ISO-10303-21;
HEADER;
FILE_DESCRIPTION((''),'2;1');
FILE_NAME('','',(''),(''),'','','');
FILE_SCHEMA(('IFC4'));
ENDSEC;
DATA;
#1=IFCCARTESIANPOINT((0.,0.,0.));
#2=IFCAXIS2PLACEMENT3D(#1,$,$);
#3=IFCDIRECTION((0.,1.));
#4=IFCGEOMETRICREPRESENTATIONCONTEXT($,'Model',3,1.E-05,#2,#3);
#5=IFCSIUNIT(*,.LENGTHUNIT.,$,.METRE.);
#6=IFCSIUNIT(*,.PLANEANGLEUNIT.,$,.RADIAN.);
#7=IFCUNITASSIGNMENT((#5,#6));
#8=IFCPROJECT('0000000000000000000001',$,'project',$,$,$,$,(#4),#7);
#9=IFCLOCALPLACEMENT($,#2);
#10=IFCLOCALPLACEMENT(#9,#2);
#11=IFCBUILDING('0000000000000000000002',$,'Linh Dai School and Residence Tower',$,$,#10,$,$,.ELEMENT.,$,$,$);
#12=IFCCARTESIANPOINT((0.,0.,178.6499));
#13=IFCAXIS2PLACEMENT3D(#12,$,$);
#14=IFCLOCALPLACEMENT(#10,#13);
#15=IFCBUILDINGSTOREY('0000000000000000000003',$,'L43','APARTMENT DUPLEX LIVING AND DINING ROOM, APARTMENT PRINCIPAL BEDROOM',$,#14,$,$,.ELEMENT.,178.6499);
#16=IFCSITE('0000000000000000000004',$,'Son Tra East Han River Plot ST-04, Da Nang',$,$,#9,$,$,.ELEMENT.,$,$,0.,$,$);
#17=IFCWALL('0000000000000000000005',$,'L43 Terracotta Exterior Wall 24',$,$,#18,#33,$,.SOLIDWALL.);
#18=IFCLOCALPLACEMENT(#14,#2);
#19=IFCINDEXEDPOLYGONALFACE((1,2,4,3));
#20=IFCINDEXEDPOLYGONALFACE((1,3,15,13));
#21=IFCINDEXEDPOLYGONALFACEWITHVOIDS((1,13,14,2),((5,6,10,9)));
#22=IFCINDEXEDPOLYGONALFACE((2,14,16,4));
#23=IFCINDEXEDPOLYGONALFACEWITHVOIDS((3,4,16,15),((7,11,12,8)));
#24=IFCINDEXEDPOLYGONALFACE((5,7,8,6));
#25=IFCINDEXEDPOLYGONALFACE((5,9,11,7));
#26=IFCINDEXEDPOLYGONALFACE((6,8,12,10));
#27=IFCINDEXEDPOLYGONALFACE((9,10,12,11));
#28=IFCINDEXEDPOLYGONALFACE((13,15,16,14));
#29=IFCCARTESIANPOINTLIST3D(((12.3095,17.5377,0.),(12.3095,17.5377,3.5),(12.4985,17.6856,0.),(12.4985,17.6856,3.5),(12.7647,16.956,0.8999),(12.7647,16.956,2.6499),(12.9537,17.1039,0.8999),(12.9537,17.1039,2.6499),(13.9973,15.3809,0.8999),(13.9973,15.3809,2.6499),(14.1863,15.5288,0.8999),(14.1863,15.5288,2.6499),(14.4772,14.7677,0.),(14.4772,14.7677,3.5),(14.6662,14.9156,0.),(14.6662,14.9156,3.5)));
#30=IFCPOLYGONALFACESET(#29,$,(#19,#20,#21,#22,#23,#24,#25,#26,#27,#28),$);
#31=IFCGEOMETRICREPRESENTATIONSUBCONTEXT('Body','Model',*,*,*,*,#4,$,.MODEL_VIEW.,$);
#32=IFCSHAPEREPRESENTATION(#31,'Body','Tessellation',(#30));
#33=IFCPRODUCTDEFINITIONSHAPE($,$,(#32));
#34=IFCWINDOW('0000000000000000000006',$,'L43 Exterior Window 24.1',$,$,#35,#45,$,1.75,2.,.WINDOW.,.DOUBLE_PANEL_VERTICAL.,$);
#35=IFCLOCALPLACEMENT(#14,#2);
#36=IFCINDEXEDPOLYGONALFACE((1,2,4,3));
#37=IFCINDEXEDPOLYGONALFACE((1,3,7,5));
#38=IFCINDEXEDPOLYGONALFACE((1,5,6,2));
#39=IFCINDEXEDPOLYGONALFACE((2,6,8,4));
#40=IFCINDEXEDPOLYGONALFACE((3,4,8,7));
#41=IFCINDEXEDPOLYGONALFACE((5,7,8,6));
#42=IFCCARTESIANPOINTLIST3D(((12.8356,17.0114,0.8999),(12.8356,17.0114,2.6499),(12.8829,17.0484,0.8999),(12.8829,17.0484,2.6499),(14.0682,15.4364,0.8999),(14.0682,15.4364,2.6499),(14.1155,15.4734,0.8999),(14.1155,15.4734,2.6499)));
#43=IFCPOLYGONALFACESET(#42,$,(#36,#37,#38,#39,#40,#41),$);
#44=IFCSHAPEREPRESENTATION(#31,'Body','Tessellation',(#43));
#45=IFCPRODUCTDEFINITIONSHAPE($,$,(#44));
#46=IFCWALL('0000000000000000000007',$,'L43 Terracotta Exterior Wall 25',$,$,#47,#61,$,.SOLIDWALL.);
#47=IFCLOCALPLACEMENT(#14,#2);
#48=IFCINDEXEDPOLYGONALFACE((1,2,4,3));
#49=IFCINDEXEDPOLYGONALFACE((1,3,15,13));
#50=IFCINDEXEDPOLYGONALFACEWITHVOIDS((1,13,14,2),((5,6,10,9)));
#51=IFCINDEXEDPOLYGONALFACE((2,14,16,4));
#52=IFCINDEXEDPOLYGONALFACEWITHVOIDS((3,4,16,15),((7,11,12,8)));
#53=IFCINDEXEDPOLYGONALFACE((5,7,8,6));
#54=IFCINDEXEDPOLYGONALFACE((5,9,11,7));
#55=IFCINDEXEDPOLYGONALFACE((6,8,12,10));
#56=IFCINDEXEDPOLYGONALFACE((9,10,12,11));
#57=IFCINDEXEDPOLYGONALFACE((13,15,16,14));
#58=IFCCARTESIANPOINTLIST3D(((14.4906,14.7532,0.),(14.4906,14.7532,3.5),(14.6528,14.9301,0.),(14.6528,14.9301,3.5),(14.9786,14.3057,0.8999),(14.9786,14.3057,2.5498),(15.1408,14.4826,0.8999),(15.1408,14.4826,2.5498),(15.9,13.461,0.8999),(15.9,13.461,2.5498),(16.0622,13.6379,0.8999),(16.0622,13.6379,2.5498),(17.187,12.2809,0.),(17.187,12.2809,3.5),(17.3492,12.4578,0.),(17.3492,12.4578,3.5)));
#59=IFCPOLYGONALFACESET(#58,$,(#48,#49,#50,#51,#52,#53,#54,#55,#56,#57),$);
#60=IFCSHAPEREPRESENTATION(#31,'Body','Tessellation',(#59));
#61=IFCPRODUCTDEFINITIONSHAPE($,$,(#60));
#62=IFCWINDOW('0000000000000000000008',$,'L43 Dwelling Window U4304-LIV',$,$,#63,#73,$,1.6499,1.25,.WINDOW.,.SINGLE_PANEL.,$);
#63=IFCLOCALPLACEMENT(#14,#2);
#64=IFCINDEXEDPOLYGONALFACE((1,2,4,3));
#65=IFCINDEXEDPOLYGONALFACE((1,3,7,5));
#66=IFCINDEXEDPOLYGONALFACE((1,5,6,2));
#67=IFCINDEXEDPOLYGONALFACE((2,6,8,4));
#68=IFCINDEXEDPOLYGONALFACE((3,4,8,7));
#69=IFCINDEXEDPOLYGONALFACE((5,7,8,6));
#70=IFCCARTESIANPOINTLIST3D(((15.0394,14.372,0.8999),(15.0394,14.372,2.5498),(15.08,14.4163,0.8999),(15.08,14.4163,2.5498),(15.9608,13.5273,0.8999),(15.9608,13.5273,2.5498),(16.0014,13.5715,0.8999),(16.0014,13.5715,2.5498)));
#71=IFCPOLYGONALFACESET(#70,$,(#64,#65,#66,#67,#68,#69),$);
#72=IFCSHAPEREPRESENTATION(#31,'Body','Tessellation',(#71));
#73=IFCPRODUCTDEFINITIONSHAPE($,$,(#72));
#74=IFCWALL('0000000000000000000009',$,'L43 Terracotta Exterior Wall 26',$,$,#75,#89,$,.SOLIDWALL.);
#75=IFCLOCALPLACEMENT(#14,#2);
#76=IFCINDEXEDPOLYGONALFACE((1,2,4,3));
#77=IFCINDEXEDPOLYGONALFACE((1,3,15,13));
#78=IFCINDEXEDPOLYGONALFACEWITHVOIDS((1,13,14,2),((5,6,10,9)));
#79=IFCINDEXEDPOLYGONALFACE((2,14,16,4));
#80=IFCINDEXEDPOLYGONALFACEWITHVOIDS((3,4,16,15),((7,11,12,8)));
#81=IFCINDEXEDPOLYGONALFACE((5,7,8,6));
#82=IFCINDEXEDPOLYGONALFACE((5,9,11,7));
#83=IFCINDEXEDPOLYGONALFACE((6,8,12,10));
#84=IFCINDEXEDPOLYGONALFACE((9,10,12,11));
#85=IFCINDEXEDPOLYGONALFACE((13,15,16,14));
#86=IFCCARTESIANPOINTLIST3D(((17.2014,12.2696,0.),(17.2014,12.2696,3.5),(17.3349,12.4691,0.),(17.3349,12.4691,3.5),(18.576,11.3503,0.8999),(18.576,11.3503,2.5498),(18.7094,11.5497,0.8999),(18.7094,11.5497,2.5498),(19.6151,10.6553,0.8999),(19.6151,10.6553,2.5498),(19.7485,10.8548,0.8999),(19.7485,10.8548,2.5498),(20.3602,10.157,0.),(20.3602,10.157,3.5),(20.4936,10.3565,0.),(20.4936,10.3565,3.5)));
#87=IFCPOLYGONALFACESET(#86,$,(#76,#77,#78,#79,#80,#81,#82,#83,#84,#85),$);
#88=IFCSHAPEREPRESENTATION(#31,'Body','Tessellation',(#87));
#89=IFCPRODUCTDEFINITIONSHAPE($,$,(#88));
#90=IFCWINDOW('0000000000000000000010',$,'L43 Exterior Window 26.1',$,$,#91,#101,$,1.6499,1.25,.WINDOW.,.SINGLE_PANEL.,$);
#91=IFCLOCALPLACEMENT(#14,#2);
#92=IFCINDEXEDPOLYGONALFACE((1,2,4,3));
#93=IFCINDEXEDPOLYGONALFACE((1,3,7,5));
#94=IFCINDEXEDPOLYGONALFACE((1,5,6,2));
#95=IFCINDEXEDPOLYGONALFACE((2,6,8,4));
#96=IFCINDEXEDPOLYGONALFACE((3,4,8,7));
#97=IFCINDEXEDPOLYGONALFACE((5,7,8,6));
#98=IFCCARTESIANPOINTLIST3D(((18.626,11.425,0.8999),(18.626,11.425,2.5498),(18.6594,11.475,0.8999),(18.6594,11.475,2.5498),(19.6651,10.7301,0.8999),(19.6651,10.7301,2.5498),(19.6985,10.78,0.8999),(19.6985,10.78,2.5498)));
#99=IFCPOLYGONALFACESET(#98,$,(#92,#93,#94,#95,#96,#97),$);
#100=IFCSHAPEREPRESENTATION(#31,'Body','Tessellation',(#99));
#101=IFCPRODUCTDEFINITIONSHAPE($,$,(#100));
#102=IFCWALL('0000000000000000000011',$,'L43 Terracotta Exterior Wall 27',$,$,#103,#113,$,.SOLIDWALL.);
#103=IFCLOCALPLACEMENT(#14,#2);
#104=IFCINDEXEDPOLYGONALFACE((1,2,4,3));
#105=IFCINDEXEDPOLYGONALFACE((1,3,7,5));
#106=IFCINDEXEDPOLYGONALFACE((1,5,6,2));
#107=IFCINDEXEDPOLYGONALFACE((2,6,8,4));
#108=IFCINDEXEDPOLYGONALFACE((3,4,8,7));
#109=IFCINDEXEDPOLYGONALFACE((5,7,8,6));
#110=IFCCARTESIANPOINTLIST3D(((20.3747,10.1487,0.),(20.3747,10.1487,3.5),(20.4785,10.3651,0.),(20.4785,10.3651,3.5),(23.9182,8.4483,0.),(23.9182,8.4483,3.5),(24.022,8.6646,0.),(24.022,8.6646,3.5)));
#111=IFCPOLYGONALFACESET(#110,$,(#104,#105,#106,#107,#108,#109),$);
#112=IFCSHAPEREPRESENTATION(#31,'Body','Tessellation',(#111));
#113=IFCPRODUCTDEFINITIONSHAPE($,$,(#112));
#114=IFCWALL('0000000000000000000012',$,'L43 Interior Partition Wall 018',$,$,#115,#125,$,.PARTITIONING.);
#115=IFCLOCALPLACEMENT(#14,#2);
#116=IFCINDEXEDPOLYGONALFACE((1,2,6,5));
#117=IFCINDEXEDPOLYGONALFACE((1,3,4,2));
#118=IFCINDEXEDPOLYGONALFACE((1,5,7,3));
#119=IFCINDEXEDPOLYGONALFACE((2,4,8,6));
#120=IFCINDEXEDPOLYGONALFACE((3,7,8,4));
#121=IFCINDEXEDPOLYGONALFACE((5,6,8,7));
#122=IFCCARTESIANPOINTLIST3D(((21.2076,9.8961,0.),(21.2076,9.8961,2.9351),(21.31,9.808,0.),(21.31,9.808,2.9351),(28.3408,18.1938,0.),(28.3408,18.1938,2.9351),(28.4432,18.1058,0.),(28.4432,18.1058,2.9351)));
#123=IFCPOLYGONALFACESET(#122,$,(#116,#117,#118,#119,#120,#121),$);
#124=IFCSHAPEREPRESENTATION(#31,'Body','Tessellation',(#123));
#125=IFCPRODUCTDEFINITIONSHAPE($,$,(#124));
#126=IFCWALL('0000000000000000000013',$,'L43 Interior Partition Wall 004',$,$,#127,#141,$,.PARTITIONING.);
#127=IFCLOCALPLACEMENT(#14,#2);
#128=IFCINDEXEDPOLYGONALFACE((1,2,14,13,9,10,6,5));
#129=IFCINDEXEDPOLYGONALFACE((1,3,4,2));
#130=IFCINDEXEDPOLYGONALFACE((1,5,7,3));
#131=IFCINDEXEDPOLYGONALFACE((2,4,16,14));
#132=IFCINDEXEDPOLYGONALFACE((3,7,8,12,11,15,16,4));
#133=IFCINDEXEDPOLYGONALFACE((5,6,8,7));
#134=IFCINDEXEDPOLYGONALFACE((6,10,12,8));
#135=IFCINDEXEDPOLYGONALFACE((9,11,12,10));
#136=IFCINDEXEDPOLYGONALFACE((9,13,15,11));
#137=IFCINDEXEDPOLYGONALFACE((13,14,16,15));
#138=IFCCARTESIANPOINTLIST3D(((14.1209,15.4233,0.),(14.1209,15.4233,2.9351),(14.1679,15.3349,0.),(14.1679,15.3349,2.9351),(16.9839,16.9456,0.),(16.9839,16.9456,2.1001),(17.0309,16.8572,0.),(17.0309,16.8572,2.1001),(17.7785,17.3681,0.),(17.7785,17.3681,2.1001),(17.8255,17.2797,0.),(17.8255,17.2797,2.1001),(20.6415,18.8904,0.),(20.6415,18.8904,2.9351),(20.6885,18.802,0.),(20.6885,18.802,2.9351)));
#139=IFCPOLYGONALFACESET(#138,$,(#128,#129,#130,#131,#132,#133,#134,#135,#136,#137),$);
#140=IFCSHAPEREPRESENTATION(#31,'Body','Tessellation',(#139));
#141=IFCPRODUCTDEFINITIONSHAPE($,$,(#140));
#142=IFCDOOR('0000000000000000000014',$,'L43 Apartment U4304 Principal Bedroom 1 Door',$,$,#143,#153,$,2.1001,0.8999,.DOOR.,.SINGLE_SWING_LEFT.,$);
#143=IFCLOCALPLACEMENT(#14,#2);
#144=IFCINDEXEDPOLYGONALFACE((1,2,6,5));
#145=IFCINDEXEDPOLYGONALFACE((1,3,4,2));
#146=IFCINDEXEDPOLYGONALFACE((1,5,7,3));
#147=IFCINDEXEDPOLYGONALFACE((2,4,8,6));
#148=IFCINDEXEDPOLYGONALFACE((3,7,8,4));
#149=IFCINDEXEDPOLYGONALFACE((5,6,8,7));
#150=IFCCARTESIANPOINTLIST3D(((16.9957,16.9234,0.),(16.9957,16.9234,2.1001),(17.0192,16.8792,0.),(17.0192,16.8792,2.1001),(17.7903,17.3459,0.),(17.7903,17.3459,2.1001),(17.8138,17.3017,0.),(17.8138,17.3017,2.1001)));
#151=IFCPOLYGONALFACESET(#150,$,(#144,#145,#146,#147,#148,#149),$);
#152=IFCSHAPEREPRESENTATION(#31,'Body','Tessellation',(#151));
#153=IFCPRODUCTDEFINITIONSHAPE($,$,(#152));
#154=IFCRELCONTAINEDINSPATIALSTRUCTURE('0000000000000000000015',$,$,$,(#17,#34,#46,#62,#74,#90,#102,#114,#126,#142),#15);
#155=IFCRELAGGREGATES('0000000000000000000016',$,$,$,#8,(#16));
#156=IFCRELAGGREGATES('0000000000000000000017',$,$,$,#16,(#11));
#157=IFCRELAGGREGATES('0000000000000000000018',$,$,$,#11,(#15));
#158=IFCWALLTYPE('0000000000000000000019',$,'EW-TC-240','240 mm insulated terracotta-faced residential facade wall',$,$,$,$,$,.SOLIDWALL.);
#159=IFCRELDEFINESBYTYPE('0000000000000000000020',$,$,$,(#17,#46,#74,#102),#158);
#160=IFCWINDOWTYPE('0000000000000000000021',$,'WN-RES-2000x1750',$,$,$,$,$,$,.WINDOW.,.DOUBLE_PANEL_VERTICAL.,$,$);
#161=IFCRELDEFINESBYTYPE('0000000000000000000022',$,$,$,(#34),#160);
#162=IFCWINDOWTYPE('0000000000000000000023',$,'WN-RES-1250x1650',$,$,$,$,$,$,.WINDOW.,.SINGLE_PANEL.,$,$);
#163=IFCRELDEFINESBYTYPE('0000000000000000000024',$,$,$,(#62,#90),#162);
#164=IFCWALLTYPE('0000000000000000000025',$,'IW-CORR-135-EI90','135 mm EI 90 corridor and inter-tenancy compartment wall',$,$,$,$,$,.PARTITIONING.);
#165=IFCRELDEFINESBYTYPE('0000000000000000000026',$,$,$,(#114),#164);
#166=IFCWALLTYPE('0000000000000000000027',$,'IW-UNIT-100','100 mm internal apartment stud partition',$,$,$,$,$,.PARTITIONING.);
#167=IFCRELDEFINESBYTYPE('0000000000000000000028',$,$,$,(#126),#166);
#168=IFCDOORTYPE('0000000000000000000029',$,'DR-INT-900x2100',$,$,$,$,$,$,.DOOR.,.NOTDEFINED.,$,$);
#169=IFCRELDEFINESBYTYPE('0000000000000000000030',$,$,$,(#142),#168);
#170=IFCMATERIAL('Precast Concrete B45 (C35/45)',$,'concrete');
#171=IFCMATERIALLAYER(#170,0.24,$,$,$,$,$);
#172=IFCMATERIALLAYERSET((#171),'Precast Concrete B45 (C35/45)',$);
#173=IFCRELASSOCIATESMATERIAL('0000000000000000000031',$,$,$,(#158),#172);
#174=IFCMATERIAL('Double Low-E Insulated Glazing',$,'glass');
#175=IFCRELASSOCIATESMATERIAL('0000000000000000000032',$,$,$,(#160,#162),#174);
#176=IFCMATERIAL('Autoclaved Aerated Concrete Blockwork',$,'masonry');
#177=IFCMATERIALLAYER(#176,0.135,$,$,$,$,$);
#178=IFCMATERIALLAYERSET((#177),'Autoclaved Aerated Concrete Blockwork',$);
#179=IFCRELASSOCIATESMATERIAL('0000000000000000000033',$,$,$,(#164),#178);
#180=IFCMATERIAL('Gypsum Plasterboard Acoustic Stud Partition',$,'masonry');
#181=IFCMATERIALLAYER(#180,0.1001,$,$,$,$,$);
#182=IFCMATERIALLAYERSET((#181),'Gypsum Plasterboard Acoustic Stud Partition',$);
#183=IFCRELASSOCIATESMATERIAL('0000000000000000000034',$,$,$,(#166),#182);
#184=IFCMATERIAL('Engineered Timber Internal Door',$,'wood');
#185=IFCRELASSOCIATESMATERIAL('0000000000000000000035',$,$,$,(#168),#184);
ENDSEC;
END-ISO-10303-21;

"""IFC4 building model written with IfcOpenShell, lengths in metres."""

from ifc_helpers import new_model, si_unit, direction, frame, frame_2d, origin, origin_2d, place, context, subcontext, project, spatial, rectangle, extrude, source, transform, mapped, material, layer, layer_set, type_object, element, fill, save


model = new_model("IFC4")

# Units and contexts
model_context = context("Model", 3, precision=1e-05, world=origin(), true_north=direction((0.0, 1.0)))
body_context = subcontext(model_context, "Body", "Model", "MODEL_VIEW")
ifc_project = project(units=[si_unit("LENGTHUNIT", "METRE"), si_unit("PLANEANGLEUNIT", "RADIAN")], contexts=[model_context])

# Site, building, storey
site_placement = place(None, origin())
site = spatial("IfcSite", under=ifc_project, at=site_placement, Name="Son Tra East Han River Plot ST-04, Da Nang", CompositionType="ELEMENT", RefElevation=0.0)
building_placement = place(site_placement, origin())
building = spatial("IfcBuilding", under=site, at=building_placement, Name="Linh Dai School and Residence Tower", CompositionType="ELEMENT")
storey_placement = place(building_placement, frame((0.0, 0.0, 178.6499)))
storey = spatial("IfcBuildingStorey", under=building, at=storey_placement, Name="L43", Description="APARTMENT DUPLEX LIVING AND DINING ROOM, APARTMENT PRINCIPAL BEDROOM", CompositionType="ELEMENT", Elevation=178.6499)

# Shared definitions
ifc_material_1 = material(Name="Precast Concrete B45 (C35/45)", Category="concrete")

# Walls, openings, windows
ifc_layer_1 = layer(ifc_material_1, 0.24)
ifc_layer_set_1 = layer_set([ifc_layer_1], Name="Precast Concrete B45 (C35/45)")
wall_type_1 = type_object("IfcWallType", Name="EW-TC-240", Description="240 mm insulated terracotta-faced residential facade wall", PredefinedType="SOLIDWALL", material=ifc_layer_set_1)
wall_1_placement = place(storey_placement, frame((14.5718, 14.8416, 0.0), z_axis=(0.0, 0.0, 1.0), x_axis=(-0.616288, 0.787521, 0.0)))
wall_1 = element("IfcWall", 1, at=wall_1_placement, inside=storey, type_object=wall_type_1, Name="L43 Terracotta Exterior Wall 24", PredefinedType="SOLIDWALL", context=body_context, shape_type="SweptSolid", body=[
    extrude(rectangle(XDim=3.5173, YDim=0.24, at=frame_2d((1.7588, 0.0))), origin(), (0.0, 0.0, 1.0), 3.5),
])
opening_1_placement = place(wall_1_placement, frame((0.7788, 0.0, 0.8999)))
opening_1 = element("IfcOpeningElement", 2, at=opening_1_placement, cuts=wall_1, PredefinedType="OPENING", context=body_context, shape_type="SweptSolid", body=[
    extrude(rectangle(XDim=2.0, YDim=1.75, at=origin_2d()), frame((1.0, 0.1299, 0.875), z_axis=(0.0, -1.0, 0.0), x_axis=(1.0, 0.0, 0.0)), (0.0, 0.0, 1.0), 0.26),
])
ifc_material_2 = material(Name="Double Low-E Insulated Glazing", Category="glass")
window_type_1 = type_object("IfcWindowType", Name="WN-RES-2000x1750", PartitioningType="DOUBLE_PANEL_VERTICAL", PredefinedType="WINDOW", material=ifc_material_2)
shared_shape_1 = source(origin(), body_context, "Body", "SweptSolid", [
    extrude(rectangle(XDim=2.0, YDim=1.75, at=origin_2d()), frame((1.0, 0.03, 0.875), z_axis=(0.0, -1.0, 0.0), x_axis=(1.0, 0.0, 0.0)), (0.0, 0.0, 1.0), 0.0601),
])
window_1_placement = place(opening_1_placement, origin())
window_1 = element("IfcWindow", 3, at=window_1_placement, inside=storey, type_object=window_type_1, Name="L43 Exterior Window 24.1", OverallHeight=1.75, OverallWidth=2.0, PartitioningType="DOUBLE_PANEL_VERTICAL", PredefinedType="WINDOW", context=body_context, shape_type="MappedRepresentation", body=[
    mapped(shared_shape_1, transform((0.0, 0.0, 0.0), x_axis=(1.0, 0.0, 0.0), y_axis=(0.0, 1.0, 0.0), z_axis=(0.0, 0.0, 1.0), scale=1.0)),
])
fill(opening_1, window_1)
wall_2_placement = place(storey_placement, frame((17.2681, 12.3694, 0.0), z_axis=(0.0, 0.0, 1.0), x_axis=(-0.737077, 0.675809, 0.0)))
wall_2 = element("IfcWall", 4, at=wall_2_placement, inside=storey, type_object=wall_type_1, Name="L43 Terracotta Exterior Wall 25", PredefinedType="SOLIDWALL", context=body_context, shape_type="SweptSolid", body=[
    extrude(rectangle(XDim=3.6582, YDim=0.24, at=frame_2d((1.8291, 0.0))), origin(), (0.0, 0.0, 1.0), 3.5),
])
opening_2_placement = place(wall_2_placement, frame((1.7461, 0.0, 0.8999)))
opening_2 = element("IfcOpeningElement", 5, at=opening_2_placement, cuts=wall_2, PredefinedType="OPENING", context=body_context, shape_type="SweptSolid", body=[
    extrude(rectangle(XDim=1.25, YDim=1.6499, at=origin_2d()), frame((0.625, 0.1299, 0.825), z_axis=(0.0, -1.0, 0.0), x_axis=(1.0, 0.0, 0.0)), (0.0, 0.0, 1.0), 0.26),
])
window_type_2 = type_object("IfcWindowType", Name="WN-RES-1250x1650", PartitioningType="SINGLE_PANEL", PredefinedType="WINDOW", material=ifc_material_2)
shared_shape_2 = source(origin(), body_context, "Body", "SweptSolid", [
    extrude(rectangle(XDim=1.25, YDim=1.6499, at=origin_2d()), frame((0.625, 0.03, 0.825), z_axis=(0.0, -1.0, 0.0), x_axis=(1.0, 0.0, 0.0)), (0.0, 0.0, 1.0), 0.0601),
])
window_2_placement = place(opening_2_placement, origin())
window_2 = element("IfcWindow", 6, at=window_2_placement, inside=storey, type_object=window_type_2, Name="L43 Dwelling Window U4304-LIV", OverallHeight=1.6499, OverallWidth=1.25, PartitioningType="SINGLE_PANEL", PredefinedType="WINDOW", context=body_context, shape_type="MappedRepresentation", body=[
    mapped(shared_shape_2, transform((0.0, 0.0, 0.0), x_axis=(1.0, 0.0, 0.0), y_axis=(0.0, 1.0, 0.0), z_axis=(0.0, 0.0, 1.0), scale=1.0)),
])
fill(opening_2, window_2)
wall_3_placement = place(storey_placement, frame((20.4268, 10.2568, 0.0), z_axis=(0.0, 0.0, 1.0), x_axis=(-0.831229, 0.55593, 0.0)))
wall_3 = element("IfcWall", 7, at=wall_3_placement, inside=storey, type_object=wall_type_1, Name="L43 Terracotta Exterior Wall 26", PredefinedType="SOLIDWALL", context=body_context, shape_type="SweptSolid", body=[
    extrude(rectangle(XDim=3.8, YDim=0.24, at=frame_2d((1.8999, 0.0))), origin(), (0.0, 0.0, 1.0), 3.5),
])
opening_3_placement = place(wall_3_placement, frame((0.8962, 0.0, 0.8999)))
opening_3 = element("IfcOpeningElement", 8, at=opening_3_placement, cuts=wall_3, PredefinedType="OPENING", context=body_context, shape_type="SweptSolid", body=[
    extrude(rectangle(XDim=1.25, YDim=1.6499, at=origin_2d()), frame((0.625, 0.1299, 0.825), z_axis=(0.0, -1.0, 0.0), x_axis=(1.0, 0.0, 0.0)), (0.0, 0.0, 1.0), 0.26),
])
window_3_placement = place(opening_3_placement, origin())
window_3 = element("IfcWindow", 9, at=window_3_placement, inside=storey, type_object=window_type_2, Name="L43 Exterior Window 26.1", OverallHeight=1.6499, OverallWidth=1.25, PartitioningType="SINGLE_PANEL", PredefinedType="WINDOW", context=body_context, shape_type="MappedRepresentation", body=[
    mapped(shared_shape_2, transform((0.0, 0.0, 0.0), x_axis=(1.0, 0.0, 0.0), y_axis=(0.0, 1.0, 0.0), z_axis=(0.0, 0.0, 1.0), scale=1.0)),
])
fill(opening_3, window_3)

# Walls
wall_4_placement = place(storey_placement, frame((23.9702, 8.5564, 0.0), z_axis=(0.0, 0.0, 1.0), x_axis=(-0.901565, 0.432644, 0.0)))
element("IfcWall", 10, at=wall_4_placement, inside=storey, type_object=wall_type_1, Name="L43 Terracotta Exterior Wall 27", PredefinedType="SOLIDWALL", context=body_context, shape_type="SweptSolid", body=[
    extrude(rectangle(XDim=3.9304, YDim=0.24, at=frame_2d((1.9653, 0.0))), origin(), (0.0, 0.0, 1.0), 3.5),
])
ifc_material_3 = material(Name="Autoclaved Aerated Concrete Blockwork", Category="masonry")
ifc_layer_2 = layer(ifc_material_3, 0.135)
ifc_layer_set_2 = layer_set([ifc_layer_2], Name="Autoclaved Aerated Concrete Blockwork")
wall_type_2 = type_object("IfcWallType", Name="IW-CORR-135-EI90", Description="135 mm EI 90 corridor and inter-tenancy compartment wall", PredefinedType="PARTITIONING", material=ifc_layer_set_2)
wall_5_placement = place(storey_placement, frame((21.2588, 9.8521, 0.0), z_axis=(0.0, 0.0, 1.0), x_axis=(0.651889, 0.758314, 0.0)))
element("IfcWall", 11, at=wall_5_placement, inside=storey, type_object=wall_type_2, Name="L43 Interior Partition Wall 018", PredefinedType="PARTITIONING", context=body_context, shape_type="SweptSolid", body=[
    extrude(rectangle(XDim=10.9424, YDim=0.135, at=frame_2d((5.4712, 0.0))), origin(), (0.0, 0.0, 1.0), 2.9351),
])

# Wall, opening, door
ifc_material_4 = material(Name="Gypsum Plasterboard Acoustic Stud Partition", Category="masonry")
ifc_layer_3 = layer(ifc_material_4, 0.1001)
ifc_layer_set_3 = layer_set([ifc_layer_3], Name="Gypsum Plasterboard Acoustic Stud Partition")
wall_type_3 = type_object("IfcWallType", Name="IW-UNIT-100", Description="100 mm internal apartment stud partition", PredefinedType="PARTITIONING", material=ifc_layer_set_3)
wall_6_placement = place(storey_placement, frame((14.1445, 15.3792, 0.0), z_axis=(0.0, 0.0, 1.0), x_axis=(0.882946, 0.469474, 0.0)))
wall_6 = element("IfcWall", 12, at=wall_6_placement, inside=storey, type_object=wall_type_3, Name="L43 Interior Partition Wall 004", PredefinedType="PARTITIONING", context=body_context, shape_type="SweptSolid", body=[
    extrude(rectangle(XDim=7.385, YDim=0.1001, at=frame_2d((3.6924, 0.0))), origin(), (0.0, 0.0, 1.0), 2.9351),
])
opening_4_placement = place(wall_6_placement, frame((3.2424, 0.0, 0.0)))
opening_4 = element("IfcOpeningElement", 13, at=opening_4_placement, cuts=wall_6, PredefinedType="OPENING", context=body_context, shape_type="SweptSolid", body=[
    extrude(rectangle(XDim=0.8999, YDim=2.1001, at=origin_2d()), frame((0.45, 0.0601, 1.05), z_axis=(0.0, -1.0, 0.0), x_axis=(1.0, 0.0, 0.0)), (0.0, 0.0, 1.0), 0.1201),
])
ifc_material_5 = material(Name="Engineered Timber Internal Door", Category="wood")
door_type_1 = type_object("IfcDoorType", Name="DR-INT-900x2100", OperationType="NOTDEFINED", PredefinedType="DOOR", material=ifc_material_5)
shared_shape_3 = source(origin(), body_context, "Body", "SweptSolid", [
    extrude(rectangle(XDim=0.8999, YDim=2.1001, at=origin_2d()), frame((0.45, 0.0249, 1.05), z_axis=(0.0, -1.0, 0.0), x_axis=(1.0, 0.0, 0.0)), (0.0, 0.0, 1.0), 0.05),
])
door_1_placement = place(opening_4_placement, origin())
door_1 = element("IfcDoor", 14, at=door_1_placement, inside=storey, type_object=door_type_1, Name="L43 Apartment U4304 Principal Bedroom 1 Door", OperationType="SINGLE_SWING_LEFT", OverallHeight=2.1001, OverallWidth=0.8999, PredefinedType="DOOR", context=body_context, shape_type="MappedRepresentation", body=[
    mapped(shared_shape_3, transform((0.0, 0.0, 0.0), x_axis=(1.0, 0.0, 0.0), y_axis=(0.0, 1.0, 0.0), z_axis=(0.0, 0.0, 1.0), scale=1.0)),
])
fill(opening_4, door_1)

save(model, "model.ifc")
